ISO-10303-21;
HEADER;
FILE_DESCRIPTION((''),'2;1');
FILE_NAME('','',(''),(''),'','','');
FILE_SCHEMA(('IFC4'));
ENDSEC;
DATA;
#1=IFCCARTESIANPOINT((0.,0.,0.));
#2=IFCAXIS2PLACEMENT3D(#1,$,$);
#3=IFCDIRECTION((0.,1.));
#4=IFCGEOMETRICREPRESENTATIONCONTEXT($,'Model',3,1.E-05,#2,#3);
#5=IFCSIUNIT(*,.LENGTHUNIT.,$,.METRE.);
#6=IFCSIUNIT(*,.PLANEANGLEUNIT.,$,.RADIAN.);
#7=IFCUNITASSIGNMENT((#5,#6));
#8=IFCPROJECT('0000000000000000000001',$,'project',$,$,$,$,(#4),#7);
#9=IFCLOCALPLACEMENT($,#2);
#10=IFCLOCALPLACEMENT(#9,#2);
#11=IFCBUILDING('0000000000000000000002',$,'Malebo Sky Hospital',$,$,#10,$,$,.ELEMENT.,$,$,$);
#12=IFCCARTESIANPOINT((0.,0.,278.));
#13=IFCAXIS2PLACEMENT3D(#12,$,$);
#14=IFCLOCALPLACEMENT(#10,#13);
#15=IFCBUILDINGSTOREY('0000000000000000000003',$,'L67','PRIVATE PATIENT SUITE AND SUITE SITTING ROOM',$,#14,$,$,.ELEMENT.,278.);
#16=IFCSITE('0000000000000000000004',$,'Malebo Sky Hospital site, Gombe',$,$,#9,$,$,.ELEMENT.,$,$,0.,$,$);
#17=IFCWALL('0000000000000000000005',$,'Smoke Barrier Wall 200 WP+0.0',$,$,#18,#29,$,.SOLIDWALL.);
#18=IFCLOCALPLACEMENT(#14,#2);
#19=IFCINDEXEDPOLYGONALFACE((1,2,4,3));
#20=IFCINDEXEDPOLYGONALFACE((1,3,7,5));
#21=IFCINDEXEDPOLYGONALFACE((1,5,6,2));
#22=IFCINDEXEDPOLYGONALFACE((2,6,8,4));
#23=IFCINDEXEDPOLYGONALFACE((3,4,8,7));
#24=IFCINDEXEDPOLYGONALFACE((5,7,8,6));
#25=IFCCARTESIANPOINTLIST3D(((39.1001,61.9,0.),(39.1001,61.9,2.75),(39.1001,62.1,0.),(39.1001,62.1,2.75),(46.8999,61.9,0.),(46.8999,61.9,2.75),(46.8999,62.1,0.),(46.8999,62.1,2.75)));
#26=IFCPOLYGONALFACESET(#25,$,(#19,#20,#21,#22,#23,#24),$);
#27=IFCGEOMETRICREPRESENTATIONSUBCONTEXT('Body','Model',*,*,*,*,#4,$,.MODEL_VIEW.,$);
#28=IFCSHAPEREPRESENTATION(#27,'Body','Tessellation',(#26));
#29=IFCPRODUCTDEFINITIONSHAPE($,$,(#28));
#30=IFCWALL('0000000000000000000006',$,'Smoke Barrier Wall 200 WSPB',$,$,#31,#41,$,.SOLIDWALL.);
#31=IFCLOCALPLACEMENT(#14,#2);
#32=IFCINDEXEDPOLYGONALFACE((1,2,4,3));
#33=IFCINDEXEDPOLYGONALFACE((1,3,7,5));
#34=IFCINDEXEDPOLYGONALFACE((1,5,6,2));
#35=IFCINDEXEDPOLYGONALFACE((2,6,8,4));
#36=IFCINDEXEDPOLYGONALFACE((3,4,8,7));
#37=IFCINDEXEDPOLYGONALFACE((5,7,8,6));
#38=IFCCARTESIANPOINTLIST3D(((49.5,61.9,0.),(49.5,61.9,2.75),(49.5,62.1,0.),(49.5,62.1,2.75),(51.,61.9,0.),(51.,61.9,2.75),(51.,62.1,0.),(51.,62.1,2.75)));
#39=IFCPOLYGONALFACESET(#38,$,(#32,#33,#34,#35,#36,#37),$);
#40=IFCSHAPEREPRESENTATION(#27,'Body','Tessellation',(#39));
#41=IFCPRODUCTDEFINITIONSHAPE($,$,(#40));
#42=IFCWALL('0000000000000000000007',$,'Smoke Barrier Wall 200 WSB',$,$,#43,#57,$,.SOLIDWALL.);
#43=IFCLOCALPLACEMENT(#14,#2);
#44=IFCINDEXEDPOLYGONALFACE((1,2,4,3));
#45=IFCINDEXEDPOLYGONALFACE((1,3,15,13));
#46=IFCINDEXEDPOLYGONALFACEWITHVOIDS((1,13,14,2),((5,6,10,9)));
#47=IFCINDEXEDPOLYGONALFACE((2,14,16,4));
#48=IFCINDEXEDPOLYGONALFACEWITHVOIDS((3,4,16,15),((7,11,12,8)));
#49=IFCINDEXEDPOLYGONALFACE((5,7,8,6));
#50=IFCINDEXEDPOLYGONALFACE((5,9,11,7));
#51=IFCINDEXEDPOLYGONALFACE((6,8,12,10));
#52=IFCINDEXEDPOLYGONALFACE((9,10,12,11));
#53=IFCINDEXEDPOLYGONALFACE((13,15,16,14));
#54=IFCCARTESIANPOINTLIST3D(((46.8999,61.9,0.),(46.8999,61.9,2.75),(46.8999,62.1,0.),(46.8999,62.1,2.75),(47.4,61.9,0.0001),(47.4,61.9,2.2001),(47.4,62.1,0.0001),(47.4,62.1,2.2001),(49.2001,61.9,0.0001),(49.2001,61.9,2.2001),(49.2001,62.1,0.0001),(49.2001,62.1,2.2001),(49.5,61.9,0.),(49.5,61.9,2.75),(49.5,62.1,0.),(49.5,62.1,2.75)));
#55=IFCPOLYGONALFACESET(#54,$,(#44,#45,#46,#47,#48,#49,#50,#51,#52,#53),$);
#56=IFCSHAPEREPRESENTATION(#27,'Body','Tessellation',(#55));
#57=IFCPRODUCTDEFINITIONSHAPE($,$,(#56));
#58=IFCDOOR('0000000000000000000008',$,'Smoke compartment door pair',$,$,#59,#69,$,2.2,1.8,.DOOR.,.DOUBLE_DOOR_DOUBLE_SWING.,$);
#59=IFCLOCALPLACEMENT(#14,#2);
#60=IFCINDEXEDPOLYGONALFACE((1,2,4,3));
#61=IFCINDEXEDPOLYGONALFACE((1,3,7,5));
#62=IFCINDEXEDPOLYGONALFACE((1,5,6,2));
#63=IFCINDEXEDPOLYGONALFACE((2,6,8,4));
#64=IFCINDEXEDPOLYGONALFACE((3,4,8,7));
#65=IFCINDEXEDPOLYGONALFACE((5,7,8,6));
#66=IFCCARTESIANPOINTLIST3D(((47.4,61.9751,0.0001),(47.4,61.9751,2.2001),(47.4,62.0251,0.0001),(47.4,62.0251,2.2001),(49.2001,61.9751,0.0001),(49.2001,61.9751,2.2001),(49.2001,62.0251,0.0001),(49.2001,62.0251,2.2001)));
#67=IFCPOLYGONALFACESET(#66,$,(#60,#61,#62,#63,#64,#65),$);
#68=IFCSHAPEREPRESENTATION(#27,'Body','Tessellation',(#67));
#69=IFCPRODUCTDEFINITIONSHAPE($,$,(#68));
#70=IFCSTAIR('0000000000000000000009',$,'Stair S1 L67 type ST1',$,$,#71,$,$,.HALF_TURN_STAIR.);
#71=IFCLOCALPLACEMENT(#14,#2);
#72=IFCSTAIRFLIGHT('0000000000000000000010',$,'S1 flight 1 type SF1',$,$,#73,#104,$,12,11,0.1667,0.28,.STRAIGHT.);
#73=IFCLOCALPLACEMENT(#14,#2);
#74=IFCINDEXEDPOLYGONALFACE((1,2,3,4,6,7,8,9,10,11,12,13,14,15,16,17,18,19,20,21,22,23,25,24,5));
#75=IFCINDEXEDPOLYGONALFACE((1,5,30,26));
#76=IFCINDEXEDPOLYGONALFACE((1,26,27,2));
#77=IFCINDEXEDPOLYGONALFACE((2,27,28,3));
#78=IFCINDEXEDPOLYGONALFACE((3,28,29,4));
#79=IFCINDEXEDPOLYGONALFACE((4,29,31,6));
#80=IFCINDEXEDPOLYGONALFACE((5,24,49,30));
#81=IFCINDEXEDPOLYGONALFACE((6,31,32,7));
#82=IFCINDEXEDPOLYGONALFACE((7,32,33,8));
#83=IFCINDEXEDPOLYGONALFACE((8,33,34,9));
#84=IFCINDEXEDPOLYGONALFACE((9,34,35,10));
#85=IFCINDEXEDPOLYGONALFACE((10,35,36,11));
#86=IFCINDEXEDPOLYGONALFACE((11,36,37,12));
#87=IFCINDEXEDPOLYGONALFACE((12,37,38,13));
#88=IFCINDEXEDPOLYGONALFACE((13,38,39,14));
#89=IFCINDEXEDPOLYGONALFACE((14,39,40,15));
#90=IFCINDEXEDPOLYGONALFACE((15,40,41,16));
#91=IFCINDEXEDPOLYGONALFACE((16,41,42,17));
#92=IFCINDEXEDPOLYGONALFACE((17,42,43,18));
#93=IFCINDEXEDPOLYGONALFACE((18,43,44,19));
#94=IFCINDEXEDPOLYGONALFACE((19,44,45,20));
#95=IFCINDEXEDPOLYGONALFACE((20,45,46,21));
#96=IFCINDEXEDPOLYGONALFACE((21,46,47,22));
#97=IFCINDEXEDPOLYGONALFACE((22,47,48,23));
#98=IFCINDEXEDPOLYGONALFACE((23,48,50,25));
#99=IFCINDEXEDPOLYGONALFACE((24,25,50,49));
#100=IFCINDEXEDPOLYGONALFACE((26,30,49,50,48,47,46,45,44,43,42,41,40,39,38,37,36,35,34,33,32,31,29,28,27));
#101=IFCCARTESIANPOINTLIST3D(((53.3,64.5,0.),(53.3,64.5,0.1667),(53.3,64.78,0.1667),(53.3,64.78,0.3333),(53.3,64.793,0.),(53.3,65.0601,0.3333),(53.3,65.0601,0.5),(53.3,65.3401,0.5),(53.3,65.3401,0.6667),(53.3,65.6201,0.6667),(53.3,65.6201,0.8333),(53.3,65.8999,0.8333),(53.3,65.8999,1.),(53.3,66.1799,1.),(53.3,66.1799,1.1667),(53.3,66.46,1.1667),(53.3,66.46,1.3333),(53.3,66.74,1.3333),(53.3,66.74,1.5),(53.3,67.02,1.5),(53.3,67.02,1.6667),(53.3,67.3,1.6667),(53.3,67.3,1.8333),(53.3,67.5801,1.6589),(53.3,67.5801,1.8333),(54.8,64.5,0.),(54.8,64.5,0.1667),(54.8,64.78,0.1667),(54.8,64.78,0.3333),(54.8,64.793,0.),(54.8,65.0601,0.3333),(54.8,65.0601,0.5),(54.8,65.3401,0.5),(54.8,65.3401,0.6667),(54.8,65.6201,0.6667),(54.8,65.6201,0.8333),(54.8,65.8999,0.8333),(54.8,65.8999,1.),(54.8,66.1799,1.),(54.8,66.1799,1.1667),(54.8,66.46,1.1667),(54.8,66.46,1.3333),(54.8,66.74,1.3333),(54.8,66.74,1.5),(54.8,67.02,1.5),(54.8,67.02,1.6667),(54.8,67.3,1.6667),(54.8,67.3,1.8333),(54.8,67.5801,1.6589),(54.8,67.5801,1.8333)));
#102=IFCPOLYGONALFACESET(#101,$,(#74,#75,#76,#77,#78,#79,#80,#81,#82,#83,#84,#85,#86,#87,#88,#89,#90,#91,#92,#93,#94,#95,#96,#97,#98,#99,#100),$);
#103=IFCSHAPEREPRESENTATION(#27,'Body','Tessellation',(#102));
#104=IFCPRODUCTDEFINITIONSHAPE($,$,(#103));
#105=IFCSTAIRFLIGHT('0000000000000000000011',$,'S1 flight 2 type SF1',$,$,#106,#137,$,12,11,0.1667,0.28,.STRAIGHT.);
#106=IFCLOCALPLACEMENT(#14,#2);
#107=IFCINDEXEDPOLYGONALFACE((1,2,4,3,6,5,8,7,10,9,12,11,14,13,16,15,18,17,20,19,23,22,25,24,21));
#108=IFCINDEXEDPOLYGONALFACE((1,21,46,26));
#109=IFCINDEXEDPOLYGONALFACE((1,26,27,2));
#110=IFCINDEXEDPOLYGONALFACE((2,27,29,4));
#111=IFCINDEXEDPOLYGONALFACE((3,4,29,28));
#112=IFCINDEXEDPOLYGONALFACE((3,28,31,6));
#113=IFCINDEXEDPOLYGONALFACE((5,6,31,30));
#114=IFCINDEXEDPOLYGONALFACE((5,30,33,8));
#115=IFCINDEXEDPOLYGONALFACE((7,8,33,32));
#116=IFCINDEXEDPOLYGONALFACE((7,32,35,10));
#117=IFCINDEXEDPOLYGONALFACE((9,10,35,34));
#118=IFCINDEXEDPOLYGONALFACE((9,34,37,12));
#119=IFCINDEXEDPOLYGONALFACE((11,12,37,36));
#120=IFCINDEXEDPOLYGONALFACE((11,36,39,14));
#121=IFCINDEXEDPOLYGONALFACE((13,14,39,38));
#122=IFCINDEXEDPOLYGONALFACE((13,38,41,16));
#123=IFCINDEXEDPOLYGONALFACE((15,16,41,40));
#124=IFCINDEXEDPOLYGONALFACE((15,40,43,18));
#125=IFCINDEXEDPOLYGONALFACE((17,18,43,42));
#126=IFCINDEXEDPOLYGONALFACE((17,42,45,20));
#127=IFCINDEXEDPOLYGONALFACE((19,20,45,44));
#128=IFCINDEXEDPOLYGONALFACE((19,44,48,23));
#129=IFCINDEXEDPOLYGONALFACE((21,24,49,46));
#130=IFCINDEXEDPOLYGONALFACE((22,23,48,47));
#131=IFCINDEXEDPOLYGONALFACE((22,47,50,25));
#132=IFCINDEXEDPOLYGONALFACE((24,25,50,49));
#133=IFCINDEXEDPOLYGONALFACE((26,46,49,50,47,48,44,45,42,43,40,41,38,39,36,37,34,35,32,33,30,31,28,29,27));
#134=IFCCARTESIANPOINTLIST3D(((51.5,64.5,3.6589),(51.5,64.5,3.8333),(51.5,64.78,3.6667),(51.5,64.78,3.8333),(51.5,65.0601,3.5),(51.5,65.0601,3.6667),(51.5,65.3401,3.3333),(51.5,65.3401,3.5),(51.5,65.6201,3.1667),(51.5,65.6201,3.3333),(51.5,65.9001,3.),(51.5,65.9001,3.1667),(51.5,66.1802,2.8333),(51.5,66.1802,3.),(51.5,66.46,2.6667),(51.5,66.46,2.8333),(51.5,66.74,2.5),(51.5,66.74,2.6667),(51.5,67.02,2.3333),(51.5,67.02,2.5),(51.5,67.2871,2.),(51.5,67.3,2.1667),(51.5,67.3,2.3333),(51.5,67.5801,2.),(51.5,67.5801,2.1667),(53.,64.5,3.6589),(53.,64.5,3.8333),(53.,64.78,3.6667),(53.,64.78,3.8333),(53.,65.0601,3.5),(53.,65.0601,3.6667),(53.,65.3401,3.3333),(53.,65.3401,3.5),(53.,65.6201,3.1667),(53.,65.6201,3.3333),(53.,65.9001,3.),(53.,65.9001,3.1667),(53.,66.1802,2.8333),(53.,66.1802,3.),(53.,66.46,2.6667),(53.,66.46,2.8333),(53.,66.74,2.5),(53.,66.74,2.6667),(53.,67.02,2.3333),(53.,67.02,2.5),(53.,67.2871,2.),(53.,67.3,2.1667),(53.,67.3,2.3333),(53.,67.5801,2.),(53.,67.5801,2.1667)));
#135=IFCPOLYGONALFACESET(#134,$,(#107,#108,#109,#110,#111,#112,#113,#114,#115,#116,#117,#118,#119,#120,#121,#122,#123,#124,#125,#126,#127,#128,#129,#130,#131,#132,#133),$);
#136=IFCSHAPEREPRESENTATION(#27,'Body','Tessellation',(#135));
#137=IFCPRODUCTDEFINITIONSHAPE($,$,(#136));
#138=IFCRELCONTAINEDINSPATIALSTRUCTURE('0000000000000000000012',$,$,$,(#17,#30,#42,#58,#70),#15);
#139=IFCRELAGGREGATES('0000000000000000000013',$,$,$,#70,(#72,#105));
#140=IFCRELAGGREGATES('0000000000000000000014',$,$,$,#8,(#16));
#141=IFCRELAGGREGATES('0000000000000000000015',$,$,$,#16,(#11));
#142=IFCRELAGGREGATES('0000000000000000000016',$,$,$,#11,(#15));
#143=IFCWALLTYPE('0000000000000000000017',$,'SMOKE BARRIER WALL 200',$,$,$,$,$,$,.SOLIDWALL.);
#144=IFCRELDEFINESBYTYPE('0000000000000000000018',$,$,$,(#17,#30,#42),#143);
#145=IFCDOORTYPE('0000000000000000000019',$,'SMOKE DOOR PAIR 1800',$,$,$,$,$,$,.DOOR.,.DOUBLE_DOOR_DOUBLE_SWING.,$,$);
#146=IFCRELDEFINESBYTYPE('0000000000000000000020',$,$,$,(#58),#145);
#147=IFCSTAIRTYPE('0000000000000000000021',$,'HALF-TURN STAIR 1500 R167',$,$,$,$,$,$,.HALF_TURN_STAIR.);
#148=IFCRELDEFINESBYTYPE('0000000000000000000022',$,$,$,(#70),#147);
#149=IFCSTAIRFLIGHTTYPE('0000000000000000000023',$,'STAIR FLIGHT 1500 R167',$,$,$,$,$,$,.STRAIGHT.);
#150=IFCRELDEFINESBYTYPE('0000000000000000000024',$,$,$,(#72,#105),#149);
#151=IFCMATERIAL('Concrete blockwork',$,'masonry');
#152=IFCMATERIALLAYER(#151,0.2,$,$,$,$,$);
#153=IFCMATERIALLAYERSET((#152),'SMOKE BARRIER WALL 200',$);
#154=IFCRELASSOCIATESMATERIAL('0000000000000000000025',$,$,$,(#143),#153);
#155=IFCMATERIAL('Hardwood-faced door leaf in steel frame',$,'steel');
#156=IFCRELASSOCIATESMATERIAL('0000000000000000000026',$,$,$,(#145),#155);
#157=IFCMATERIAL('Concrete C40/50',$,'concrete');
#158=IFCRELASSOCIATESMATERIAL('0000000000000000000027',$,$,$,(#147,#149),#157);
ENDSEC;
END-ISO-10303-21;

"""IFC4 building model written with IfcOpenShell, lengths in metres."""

from ifc_helpers import new_model, si_unit, direction, frame, frame_2d, origin, place, context, subcontext, project, spatial, polyline, rectangle, outline, extrude, material, layer, layer_set, type_object, element, fill, aggregate, save


model = new_model("IFC4")

# Units and contexts
model_context = context("Model", 3, precision=1e-05, world=origin(), true_north=direction((0.0, 1.0)))
body_context = subcontext(model_context, "Body", "Model", "MODEL_VIEW")
ifc_project = project(units=[si_unit("LENGTHUNIT", "METRE"), si_unit("PLANEANGLEUNIT", "RADIAN")], contexts=[model_context])

# Site, building, storey
site_placement = place(None, origin())
site = spatial("IfcSite", under=ifc_project, at=site_placement, Name="Malebo Sky Hospital site, Gombe", CompositionType="ELEMENT", RefElevation=0.0)
building_placement = place(site_placement, origin())
building = spatial("IfcBuilding", under=site, at=building_placement, Name="Malebo Sky Hospital", CompositionType="ELEMENT")
storey_placement = place(building_placement, frame((0.0, 0.0, 278.0)))
storey = spatial("IfcBuildingStorey", under=building, at=storey_placement, Name="L67", Description="PRIVATE PATIENT SUITE AND SUITE SITTING ROOM", CompositionType="ELEMENT", Elevation=278.0)

# Shared definitions
ifc_material_1 = material(Name="Hardwood-faced door leaf in steel frame", Category="steel")

# Walls
ifc_material_2 = material(Name="Concrete blockwork", Category="masonry")
ifc_layer_1 = layer(ifc_material_2, 0.2)
ifc_layer_set_1 = layer_set([ifc_layer_1], Name="SMOKE BARRIER WALL 200")
wall_type_1 = type_object("IfcWallType", Name="SMOKE BARRIER WALL 200", PredefinedType="SOLIDWALL", material=ifc_layer_set_1)
wall_1_placement = place(storey_placement, frame((46.8999, 62.0, 0.0), z_axis=(0.0, 0.0, 1.0), x_axis=(-1.0, 0.0, 0.0)))
element("IfcWall", 1, at=wall_1_placement, inside=storey, type_object=wall_type_1, Name="Smoke Barrier Wall 200 WP+0.0", PredefinedType="SOLIDWALL", context=body_context, shape_type="SweptSolid", body=[
    extrude(rectangle(XDim=7.7998, YDim=0.2, at=frame_2d((3.8999, 0.0))), origin(), (0.0, 0.0, 1.0), 2.75),
])
wall_2_placement = place(storey_placement, frame((51.0, 62.0, 0.0), z_axis=(0.0, 0.0, 1.0), x_axis=(-1.0, 0.0, 0.0)))
element("IfcWall", 2, at=wall_2_placement, inside=storey, type_object=wall_type_1, Name="Smoke Barrier Wall 200 WSPB", PredefinedType="SOLIDWALL", context=body_context, shape_type="SweptSolid", body=[
    extrude(rectangle(XDim=1.5, YDim=0.2, at=frame_2d((0.75, 0.0))), origin(), (0.0, 0.0, 1.0), 2.75),
])

# Wall, opening, door
wall_3_placement = place(storey_placement, frame((49.5, 62.0, 0.0), z_axis=(0.0, 0.0, 1.0), x_axis=(-1.0, 0.0, 0.0)))
wall_3 = element("IfcWall", 3, at=wall_3_placement, inside=storey, type_object=wall_type_1, Name="Smoke Barrier Wall 200 WSB", PredefinedType="SOLIDWALL", context=body_context, shape_type="SweptSolid", body=[
    extrude(rectangle(XDim=2.6001, YDim=0.2, at=frame_2d((1.3, 0.0))), origin(), (0.0, 0.0, 1.0), 2.75),
])
opening_1_placement = place(wall_3_placement, frame((0.3, 0.0, 0.0)))
opening_1 = element("IfcOpeningElement", 4, at=opening_1_placement, cuts=wall_3, PredefinedType="OPENING", context=body_context, shape_type="SweptSolid", body=[
    extrude(rectangle(XDim=1.8, YDim=2.2, at=frame_2d((0.8999, 1.1001))), frame((0.0, 0.1099, 0.0), z_axis=(0.0, -1.0, 0.0), x_axis=(1.0, 0.0, 0.0)), (0.0, 0.0, 1.0), 0.22),
])
door_type_1 = type_object("IfcDoorType", Name="SMOKE DOOR PAIR 1800", OperationType="DOUBLE_DOOR_DOUBLE_SWING", PredefinedType="DOOR", material=ifc_material_1)
door_1_placement = place(opening_1_placement, origin())
door_1 = element("IfcDoor", 5, at=door_1_placement, inside=storey, type_object=door_type_1, Name="Smoke compartment door pair", OperationType="DOUBLE_DOOR_DOUBLE_SWING", OverallHeight=2.2, OverallWidth=1.8, PredefinedType="DOOR", context=body_context, shape_type="SweptSolid", body=[
    extrude(rectangle(XDim=1.8, YDim=2.2, at=frame_2d((0.8999, 1.1001))), frame((0.0, 0.0249, 0.0), z_axis=(0.0, -1.0, 0.0), x_axis=(1.0, 0.0, 0.0)), (0.0, 0.0, 1.0), 0.05),
])
fill(opening_1, door_1)

# Stair, stair flights
ifc_material_3 = material(Name="Concrete C40/50", Category="concrete")
stair_type = type_object("IfcStairType", Name="HALF-TURN STAIR 1500 R167", PredefinedType="HALF_TURN_STAIR", material=ifc_material_3)
stair_placement = place(storey_placement, origin())
stair = element("IfcStair", 6, at=stair_placement, inside=storey, type_object=stair_type, Name="Stair S1 L67 type ST1", PredefinedType="HALF_TURN_STAIR")
stair_flight_type = type_object("IfcStairFlightType", Name="STAIR FLIGHT 1500 R167", PredefinedType="STRAIGHT", material=ifc_material_3)
stair_flight_1_placement = place(storey_placement, frame((54.05, 64.5, 0.0), z_axis=(0.0, 0.0, 1.0), x_axis=(0.0, 1.0, 0.0)))
stair_flight_1 = element("IfcStairFlight", 7, at=stair_flight_1_placement, type_object=stair_flight_type, Name="S1 flight 1 type SF1", NumberOfRisers=12, NumberOfTreads=11, PredefinedType="STRAIGHT", RiserHeight=0.1667, TreadLength=0.28, context=body_context, shape_type="SweptSolid", body=[
    extrude(outline(polyline([(0.0, 0.0), (0.0, 0.1667), (0.28, 0.1667), (0.28, 0.3333), (0.5601, 0.3333), (0.5601, 0.5), (0.8401, 0.5), (0.8401, 0.6667), (1.1201, 0.6667), (1.1201, 0.8333), (1.3999, 0.8333), (1.3999, 1.0), (1.6799, 1.0), (1.6799, 1.1667), (1.96, 1.1667), (1.96, 1.3333), (2.24, 1.3333), (2.24, 1.5), (2.52, 1.5), (2.52, 1.6667), (2.8, 1.6667), (2.8, 1.8333), (3.0801, 1.8333), (3.0801, 2.0), (3.0801, 1.6589), (0.293, 0.0), (0.0, 0.0)])), frame((0.0, 0.75, 0.0), z_axis=(0.0, -1.0, 0.0), x_axis=(1.0, 0.0, 0.0)), (0.0, 0.0, 1.0), 1.5),
])
stair_flight_2_placement = place(storey_placement, frame((52.25, 67.5801, 2.0), z_axis=(0.0, 0.0, 1.0), x_axis=(0.0, -1.0, 0.0)))
stair_flight_2 = element("IfcStairFlight", 8, at=stair_flight_2_placement, type_object=stair_flight_type, Name="S1 flight 2 type SF1", NumberOfRisers=12, NumberOfTreads=11, PredefinedType="STRAIGHT", RiserHeight=0.1667, TreadLength=0.28, context=body_context, shape_type="SweptSolid", body=[
    extrude(outline(polyline([(0.0, 0.0), (0.0, 0.1667), (0.28, 0.1667), (0.28, 0.3333), (0.5601, 0.3333), (0.5601, 0.5), (0.8401, 0.5), (0.8401, 0.6667), (1.1201, 0.6667), (1.1201, 0.8333), (1.3999, 0.8333), (1.3999, 1.0), (1.6799, 1.0), (1.6799, 1.1667), (1.96, 1.1667), (1.96, 1.3333), (2.24, 1.3333), (2.24, 1.5), (2.52, 1.5), (2.52, 1.6667), (2.8, 1.6667), (2.8, 1.8333), (3.0801, 1.8333), (3.0801, 2.0), (3.0801, 1.6589), (0.293, 0.0), (0.0, 0.0)])), frame((0.0, 0.75, 0.0), z_axis=(0.0, -1.0, 0.0), x_axis=(1.0, 0.0, 0.0)), (0.0, 0.0, 1.0), 1.5),
])
aggregate(stair, [stair_flight_1, stair_flight_2])

save(model, "model.ifc")
